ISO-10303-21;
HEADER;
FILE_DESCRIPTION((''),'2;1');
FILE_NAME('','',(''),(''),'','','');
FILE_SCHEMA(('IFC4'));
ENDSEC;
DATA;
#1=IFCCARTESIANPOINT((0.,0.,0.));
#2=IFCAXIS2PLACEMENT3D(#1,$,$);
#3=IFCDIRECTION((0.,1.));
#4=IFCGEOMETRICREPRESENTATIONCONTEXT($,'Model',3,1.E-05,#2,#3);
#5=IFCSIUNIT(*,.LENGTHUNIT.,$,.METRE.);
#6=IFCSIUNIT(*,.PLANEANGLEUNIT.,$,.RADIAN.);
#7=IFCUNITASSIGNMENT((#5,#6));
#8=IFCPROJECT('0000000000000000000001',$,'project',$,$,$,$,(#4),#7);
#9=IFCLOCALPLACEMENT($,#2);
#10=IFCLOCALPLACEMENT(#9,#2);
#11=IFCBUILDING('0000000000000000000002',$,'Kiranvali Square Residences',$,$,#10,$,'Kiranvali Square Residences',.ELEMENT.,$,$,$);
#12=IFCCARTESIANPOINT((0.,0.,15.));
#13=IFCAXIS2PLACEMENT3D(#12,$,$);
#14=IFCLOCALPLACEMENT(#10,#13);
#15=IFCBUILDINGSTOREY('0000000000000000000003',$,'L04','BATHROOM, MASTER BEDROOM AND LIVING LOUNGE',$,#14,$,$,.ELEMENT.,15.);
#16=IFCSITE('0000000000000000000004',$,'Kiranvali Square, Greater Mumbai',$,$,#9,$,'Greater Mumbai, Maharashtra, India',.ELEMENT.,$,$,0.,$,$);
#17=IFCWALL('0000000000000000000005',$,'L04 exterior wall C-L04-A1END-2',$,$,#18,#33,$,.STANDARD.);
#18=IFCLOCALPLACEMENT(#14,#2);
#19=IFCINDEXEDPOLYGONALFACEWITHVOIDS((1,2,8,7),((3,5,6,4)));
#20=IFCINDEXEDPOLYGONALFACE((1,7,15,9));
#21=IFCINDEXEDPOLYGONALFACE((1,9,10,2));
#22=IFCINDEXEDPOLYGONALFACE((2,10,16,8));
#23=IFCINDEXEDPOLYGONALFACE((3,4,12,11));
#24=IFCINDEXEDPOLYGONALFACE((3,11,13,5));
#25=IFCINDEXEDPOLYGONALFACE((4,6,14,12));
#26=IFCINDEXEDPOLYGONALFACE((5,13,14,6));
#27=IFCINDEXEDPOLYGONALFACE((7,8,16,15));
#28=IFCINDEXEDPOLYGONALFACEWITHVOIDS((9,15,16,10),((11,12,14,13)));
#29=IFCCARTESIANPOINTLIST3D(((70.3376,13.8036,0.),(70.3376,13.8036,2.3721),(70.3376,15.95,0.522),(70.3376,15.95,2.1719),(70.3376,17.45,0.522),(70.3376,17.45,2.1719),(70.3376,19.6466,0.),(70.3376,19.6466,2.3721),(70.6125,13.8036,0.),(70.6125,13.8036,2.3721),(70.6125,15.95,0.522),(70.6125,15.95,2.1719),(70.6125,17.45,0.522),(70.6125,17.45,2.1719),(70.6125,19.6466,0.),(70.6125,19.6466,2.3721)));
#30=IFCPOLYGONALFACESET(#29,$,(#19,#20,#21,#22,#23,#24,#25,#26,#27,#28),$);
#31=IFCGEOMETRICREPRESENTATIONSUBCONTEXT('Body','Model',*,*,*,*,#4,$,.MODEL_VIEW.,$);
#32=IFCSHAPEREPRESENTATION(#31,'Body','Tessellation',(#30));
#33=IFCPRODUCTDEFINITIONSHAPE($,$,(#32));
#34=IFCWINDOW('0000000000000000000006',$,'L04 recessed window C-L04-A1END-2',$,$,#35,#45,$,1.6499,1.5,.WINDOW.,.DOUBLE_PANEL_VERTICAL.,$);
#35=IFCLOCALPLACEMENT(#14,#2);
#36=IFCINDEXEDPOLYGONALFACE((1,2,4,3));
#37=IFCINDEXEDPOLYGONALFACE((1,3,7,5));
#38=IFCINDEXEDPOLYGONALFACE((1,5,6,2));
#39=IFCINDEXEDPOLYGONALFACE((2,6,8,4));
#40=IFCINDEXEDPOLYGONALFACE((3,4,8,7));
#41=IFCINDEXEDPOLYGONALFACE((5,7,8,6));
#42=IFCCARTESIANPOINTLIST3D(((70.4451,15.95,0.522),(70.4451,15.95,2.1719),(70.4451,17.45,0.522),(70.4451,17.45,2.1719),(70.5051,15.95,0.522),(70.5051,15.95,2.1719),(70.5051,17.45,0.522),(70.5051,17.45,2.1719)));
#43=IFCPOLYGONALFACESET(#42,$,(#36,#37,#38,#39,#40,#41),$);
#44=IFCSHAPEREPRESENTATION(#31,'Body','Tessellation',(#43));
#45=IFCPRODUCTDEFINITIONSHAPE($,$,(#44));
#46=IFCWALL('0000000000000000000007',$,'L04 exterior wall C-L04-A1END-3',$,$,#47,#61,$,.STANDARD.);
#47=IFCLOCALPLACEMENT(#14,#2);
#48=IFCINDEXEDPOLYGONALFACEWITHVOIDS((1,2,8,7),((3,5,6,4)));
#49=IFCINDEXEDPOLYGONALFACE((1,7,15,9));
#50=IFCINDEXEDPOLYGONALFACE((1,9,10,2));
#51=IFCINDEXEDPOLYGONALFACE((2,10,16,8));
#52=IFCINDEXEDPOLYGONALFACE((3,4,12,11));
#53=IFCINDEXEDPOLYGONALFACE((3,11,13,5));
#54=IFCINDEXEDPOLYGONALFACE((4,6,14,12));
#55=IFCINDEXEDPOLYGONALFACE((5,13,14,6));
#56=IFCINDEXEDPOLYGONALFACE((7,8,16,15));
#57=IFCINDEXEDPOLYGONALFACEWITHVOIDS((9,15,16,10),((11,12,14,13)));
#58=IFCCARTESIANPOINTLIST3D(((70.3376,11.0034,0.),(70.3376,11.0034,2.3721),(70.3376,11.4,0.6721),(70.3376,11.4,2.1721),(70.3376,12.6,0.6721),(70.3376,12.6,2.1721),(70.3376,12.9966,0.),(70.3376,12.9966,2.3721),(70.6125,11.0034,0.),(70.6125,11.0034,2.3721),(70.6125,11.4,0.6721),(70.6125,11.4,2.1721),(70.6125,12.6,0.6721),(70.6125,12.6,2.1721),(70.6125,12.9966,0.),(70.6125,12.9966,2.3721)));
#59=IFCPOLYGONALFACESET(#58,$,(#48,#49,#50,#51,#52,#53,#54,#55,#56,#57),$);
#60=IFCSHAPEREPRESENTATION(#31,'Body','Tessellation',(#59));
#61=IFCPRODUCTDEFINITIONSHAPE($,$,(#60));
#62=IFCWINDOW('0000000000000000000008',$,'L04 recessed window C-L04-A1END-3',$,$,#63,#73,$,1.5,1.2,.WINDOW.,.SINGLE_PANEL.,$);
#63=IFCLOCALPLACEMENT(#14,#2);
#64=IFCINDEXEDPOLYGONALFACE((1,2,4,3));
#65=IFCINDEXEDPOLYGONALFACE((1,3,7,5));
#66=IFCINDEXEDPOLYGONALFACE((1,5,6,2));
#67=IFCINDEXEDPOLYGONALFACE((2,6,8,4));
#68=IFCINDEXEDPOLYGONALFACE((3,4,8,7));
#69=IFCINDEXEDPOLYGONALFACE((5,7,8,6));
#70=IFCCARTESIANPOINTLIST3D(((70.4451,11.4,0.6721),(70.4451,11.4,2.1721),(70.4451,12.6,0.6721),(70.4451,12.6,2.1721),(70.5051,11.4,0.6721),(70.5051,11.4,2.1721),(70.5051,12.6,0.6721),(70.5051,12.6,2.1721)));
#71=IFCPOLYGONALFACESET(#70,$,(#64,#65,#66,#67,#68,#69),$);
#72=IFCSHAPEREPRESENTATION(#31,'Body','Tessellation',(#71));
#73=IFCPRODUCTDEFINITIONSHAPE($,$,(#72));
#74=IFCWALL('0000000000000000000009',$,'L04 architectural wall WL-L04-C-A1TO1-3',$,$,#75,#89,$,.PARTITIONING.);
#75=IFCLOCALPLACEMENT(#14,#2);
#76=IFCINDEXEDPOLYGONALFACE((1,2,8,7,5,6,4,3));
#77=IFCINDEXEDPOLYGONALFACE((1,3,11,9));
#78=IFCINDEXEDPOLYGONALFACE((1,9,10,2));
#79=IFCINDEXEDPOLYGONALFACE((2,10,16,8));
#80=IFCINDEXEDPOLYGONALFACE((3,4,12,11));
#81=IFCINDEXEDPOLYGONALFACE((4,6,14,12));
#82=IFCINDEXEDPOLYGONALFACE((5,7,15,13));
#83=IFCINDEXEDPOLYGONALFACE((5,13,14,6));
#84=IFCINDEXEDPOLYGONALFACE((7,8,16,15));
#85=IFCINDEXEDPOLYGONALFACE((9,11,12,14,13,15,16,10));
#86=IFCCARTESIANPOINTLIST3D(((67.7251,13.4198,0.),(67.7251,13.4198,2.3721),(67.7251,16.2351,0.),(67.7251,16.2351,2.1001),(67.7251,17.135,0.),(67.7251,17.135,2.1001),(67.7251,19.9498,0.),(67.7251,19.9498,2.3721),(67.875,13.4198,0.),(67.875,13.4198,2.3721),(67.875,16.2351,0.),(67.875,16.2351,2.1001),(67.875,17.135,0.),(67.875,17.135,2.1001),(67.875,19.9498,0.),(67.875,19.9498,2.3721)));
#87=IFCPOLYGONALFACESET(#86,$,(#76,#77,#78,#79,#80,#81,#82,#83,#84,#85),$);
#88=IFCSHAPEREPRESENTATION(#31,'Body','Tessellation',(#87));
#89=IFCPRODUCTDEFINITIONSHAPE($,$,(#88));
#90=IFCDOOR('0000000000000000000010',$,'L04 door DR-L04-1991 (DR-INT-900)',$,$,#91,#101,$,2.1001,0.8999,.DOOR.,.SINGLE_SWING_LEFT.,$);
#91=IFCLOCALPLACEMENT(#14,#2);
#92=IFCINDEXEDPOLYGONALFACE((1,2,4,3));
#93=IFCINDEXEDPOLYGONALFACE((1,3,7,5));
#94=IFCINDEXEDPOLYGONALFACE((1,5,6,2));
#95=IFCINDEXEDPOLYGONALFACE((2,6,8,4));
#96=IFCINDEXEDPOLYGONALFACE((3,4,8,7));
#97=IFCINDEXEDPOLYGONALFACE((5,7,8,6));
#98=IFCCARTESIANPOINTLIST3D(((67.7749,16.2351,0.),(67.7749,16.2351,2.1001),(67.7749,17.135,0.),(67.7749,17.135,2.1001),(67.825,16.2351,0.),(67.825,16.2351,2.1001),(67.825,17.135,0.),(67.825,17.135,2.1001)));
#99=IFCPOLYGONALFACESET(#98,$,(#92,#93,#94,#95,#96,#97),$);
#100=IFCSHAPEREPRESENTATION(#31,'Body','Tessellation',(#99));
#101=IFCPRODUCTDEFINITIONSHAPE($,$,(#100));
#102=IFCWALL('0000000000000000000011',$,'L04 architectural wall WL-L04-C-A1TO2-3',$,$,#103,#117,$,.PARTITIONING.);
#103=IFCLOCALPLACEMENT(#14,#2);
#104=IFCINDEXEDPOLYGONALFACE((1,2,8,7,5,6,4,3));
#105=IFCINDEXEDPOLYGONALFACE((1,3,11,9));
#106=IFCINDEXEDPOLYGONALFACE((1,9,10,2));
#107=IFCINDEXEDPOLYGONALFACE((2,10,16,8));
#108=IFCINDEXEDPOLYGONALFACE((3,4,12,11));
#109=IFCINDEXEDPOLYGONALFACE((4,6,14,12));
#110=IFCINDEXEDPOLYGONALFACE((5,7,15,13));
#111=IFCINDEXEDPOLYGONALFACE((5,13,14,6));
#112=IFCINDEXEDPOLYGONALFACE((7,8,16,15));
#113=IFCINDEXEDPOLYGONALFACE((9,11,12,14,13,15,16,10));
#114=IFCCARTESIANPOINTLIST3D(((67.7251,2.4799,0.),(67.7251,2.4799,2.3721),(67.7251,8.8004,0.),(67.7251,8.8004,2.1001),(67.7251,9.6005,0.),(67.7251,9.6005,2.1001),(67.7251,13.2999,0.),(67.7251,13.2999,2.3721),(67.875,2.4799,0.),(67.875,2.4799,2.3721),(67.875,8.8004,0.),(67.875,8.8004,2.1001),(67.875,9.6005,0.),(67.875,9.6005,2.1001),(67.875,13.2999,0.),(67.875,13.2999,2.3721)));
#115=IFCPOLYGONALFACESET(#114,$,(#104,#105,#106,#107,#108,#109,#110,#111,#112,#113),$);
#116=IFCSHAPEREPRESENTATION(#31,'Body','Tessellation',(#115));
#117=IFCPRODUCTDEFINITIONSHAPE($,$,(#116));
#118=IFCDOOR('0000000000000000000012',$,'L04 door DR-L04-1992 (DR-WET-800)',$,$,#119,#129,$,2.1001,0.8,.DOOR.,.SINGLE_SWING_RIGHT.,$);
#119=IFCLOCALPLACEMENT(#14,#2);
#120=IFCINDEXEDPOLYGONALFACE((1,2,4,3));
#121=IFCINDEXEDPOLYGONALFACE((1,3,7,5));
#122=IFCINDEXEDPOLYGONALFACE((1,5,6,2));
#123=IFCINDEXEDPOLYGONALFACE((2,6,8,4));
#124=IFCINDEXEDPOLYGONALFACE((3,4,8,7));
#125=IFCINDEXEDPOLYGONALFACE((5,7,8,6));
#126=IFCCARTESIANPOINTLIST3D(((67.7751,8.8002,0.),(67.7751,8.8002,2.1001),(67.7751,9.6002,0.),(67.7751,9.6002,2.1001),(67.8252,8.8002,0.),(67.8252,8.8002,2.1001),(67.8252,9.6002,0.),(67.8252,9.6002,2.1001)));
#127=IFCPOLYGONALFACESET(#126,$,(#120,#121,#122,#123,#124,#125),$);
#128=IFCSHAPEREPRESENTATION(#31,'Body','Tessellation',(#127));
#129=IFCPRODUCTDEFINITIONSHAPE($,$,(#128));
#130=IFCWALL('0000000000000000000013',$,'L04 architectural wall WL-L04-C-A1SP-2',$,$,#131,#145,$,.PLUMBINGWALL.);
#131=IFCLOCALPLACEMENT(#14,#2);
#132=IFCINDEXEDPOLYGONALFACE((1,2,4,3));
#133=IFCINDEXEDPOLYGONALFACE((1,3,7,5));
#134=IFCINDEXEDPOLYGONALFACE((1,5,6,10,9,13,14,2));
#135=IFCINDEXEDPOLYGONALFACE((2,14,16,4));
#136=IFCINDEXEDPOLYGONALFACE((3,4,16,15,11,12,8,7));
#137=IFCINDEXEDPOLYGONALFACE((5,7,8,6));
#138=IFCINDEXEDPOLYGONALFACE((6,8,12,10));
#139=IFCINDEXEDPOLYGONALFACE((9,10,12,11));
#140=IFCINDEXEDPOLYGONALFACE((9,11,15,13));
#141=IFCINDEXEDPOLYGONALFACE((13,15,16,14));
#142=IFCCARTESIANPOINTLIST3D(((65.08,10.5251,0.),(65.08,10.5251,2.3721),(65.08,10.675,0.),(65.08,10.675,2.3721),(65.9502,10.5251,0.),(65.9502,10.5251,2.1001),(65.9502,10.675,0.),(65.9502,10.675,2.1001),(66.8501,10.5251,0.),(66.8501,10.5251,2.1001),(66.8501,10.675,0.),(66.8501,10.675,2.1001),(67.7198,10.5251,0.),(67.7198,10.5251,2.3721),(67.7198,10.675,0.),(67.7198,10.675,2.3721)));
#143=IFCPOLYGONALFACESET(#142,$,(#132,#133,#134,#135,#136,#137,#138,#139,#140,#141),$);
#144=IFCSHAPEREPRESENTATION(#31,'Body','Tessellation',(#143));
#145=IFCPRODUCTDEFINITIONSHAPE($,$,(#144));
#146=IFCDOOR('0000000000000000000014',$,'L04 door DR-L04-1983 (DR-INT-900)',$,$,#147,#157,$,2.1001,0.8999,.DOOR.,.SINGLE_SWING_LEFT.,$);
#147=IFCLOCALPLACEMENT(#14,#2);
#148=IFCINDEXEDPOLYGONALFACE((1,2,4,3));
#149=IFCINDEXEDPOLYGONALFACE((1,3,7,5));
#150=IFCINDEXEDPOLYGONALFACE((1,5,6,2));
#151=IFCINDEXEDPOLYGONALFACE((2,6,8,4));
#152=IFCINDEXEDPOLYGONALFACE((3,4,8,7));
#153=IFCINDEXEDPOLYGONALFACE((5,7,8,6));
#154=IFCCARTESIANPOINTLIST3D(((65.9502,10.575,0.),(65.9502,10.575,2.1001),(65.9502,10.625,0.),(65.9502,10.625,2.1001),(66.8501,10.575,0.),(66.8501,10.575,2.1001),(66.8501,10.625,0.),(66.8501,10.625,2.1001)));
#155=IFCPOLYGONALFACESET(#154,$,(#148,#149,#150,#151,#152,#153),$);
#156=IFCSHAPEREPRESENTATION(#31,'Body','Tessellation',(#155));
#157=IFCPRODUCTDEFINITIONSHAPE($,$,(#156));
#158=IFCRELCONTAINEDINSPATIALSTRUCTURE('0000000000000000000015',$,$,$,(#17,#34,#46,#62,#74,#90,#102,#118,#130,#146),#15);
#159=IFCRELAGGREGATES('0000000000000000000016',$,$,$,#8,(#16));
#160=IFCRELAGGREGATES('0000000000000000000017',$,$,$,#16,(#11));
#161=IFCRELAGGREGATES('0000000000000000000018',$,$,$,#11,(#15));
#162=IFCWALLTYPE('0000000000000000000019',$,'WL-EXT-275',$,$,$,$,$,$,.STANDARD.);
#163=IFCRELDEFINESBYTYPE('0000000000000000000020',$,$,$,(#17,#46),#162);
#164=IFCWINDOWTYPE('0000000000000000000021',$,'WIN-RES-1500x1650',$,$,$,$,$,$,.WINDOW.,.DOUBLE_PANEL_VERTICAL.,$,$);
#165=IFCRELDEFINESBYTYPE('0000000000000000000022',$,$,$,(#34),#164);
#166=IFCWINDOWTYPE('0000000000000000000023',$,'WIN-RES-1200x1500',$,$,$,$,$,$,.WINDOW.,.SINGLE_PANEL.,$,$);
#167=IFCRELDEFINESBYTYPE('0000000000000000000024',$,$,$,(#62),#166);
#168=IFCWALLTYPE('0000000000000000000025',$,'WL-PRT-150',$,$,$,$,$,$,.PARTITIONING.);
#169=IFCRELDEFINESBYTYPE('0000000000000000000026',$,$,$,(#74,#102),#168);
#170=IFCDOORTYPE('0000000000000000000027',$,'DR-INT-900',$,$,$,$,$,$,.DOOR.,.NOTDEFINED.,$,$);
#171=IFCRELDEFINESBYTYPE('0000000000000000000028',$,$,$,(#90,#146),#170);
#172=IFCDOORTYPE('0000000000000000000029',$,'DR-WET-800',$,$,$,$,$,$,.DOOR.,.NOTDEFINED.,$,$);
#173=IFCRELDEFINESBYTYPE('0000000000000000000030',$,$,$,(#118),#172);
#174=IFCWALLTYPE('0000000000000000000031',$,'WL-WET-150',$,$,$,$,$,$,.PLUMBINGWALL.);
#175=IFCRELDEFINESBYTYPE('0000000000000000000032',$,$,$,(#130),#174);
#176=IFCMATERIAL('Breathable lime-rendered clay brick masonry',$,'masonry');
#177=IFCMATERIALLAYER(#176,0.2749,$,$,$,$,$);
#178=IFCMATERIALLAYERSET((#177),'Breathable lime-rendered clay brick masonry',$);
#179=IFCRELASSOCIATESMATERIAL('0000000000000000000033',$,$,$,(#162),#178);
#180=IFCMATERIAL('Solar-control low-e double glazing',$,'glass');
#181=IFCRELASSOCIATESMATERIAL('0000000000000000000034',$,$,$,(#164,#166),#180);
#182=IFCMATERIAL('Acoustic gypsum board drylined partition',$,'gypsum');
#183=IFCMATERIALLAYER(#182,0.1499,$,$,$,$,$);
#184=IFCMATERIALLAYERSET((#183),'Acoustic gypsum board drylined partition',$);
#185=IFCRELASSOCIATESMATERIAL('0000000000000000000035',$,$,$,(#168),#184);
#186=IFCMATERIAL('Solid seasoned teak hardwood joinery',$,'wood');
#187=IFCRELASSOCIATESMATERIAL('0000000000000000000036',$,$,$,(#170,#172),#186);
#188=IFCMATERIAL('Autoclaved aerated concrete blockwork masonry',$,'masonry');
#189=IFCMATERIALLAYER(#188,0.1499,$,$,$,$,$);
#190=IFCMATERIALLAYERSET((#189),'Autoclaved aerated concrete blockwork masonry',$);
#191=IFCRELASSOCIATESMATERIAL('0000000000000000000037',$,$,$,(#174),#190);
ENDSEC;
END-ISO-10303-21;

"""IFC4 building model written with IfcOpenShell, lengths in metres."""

from ifc_helpers import new_model, si_unit, direction, frame, frame_2d, origin, place, context, subcontext, project, spatial, rectangle, extrude, material, layer, layer_set, type_object, element, fill, save


model = new_model("IFC4")

# Units and contexts
model_context = context("Model", 3, precision=1e-05, world=origin(), true_north=direction((0.0, 1.0)))
body_context = subcontext(model_context, "Body", "Model", "MODEL_VIEW")
ifc_project = project(units=[si_unit("LENGTHUNIT", "METRE"), si_unit("PLANEANGLEUNIT", "RADIAN")], contexts=[model_context])

# Site, building, storey
site_placement = place(None, origin())
site = spatial("IfcSite", under=ifc_project, at=site_placement, Name="Kiranvali Square, Greater Mumbai", LongName="Greater Mumbai, Maharashtra, India", CompositionType="ELEMENT", RefElevation=0.0)
building_placement = place(site_placement, origin())
building = spatial("IfcBuilding", under=site, at=building_placement, Name="Kiranvali Square Residences", LongName="Kiranvali Square Residences", CompositionType="ELEMENT")
storey_placement = place(building_placement, frame((0.0, 0.0, 15.0)))
storey = spatial("IfcBuildingStorey", under=building, at=storey_placement, Name="L04", Description="BATHROOM, MASTER BEDROOM AND LIVING LOUNGE", CompositionType="ELEMENT", Elevation=15.0)

# Shared definitions
ifc_material_1 = material(Name="Autoclaved aerated concrete blockwork masonry", Category="masonry")

# Walls, openings, windows
ifc_material_2 = material(Name="Breathable lime-rendered clay brick masonry", Category="masonry")
ifc_layer_1 = layer(ifc_material_2, 0.2749)
ifc_layer_set_1 = layer_set([ifc_layer_1], Name="Breathable lime-rendered clay brick masonry")
wall_type_1 = type_object("IfcWallType", Name="WL-EXT-275", PredefinedType="STANDARD", material=ifc_layer_set_1)
wall_1_placement = place(storey_placement, frame((70.4751, 19.6465, 0.0), z_axis=(0.0, 0.0, 1.0), x_axis=(0.0, -1.0, 0.0)))
wall_1 = element("IfcWall", 1, at=wall_1_placement, inside=storey, type_object=wall_type_1, Name="L04 exterior wall C-L04-A1END-2", PredefinedType="STANDARD", context=body_context, shape_type="SweptSolid", body=[
    extrude(rectangle(XDim=5.843, YDim=0.2749, at=frame_2d((2.9214, 0.0))), origin(), (0.0, 0.0, 1.0), 2.3721),
])
opening_1_placement = place(wall_1_placement, frame((2.1965, 0.0, 0.522)))
opening_1 = element("IfcOpeningElement", 2, at=opening_1_placement, cuts=wall_1, PredefinedType="OPENING", context=body_context, shape_type="SweptSolid", body=[
    extrude(rectangle(XDim=1.5, YDim=1.6499, at=frame_2d((0.75, 0.825))), frame((0.0, 0.1475, 0.0), z_axis=(0.0, -1.0, 0.0), x_axis=(1.0, 0.0, 0.0)), (0.0, 0.0, 1.0), 0.2949),
])
ifc_material_3 = material(Name="Solar-control low-e double glazing", Category="glass")
window_type_1 = type_object("IfcWindowType", Name="WIN-RES-1500x1650", PartitioningType="DOUBLE_PANEL_VERTICAL", PredefinedType="WINDOW", material=ifc_material_3)
window_1_placement = place(opening_1_placement, origin())
window_1 = element("IfcWindow", 3, at=window_1_placement, inside=storey, type_object=window_type_1, Name="L04 recessed window C-L04-A1END-2", OverallHeight=1.6499, OverallWidth=1.5, PartitioningType="DOUBLE_PANEL_VERTICAL", PredefinedType="WINDOW", context=body_context, shape_type="SweptSolid", body=[
    extrude(rectangle(XDim=1.5, YDim=1.6499, at=frame_2d((0.75, 0.825))), frame((0.0, 0.03, 0.0), z_axis=(0.0, -1.0, 0.0), x_axis=(1.0, 0.0, 0.0)), (0.0, 0.0, 1.0), 0.0601),
])
fill(opening_1, window_1)
wall_2_placement = place(storey_placement, frame((70.4751, 12.9966, 0.0), z_axis=(0.0, 0.0, 1.0), x_axis=(0.0, -1.0, 0.0)))
wall_2 = element("IfcWall", 4, at=wall_2_placement, inside=storey, type_object=wall_type_1, Name="L04 exterior wall C-L04-A1END-3", PredefinedType="STANDARD", context=body_context, shape_type="SweptSolid", body=[
    extrude(rectangle(XDim=1.9932, YDim=0.2749, at=frame_2d((0.9966, 0.0))), origin(), (0.0, 0.0, 1.0), 2.3721),
])
opening_2_placement = place(wall_2_placement, frame((0.3965, 0.0, 0.6721)))
opening_2 = element("IfcOpeningElement", 5, at=opening_2_placement, cuts=wall_2, PredefinedType="OPENING", context=body_context, shape_type="SweptSolid", body=[
    extrude(rectangle(XDim=1.2, YDim=1.5, at=frame_2d((0.6001, 0.75))), frame((0.0, 0.1475, 0.0), z_axis=(0.0, -1.0, 0.0), x_axis=(1.0, 0.0, 0.0)), (0.0, 0.0, 1.0), 0.2949),
])
window_type_2 = type_object("IfcWindowType", Name="WIN-RES-1200x1500", PartitioningType="SINGLE_PANEL", PredefinedType="WINDOW", material=ifc_material_3)
window_2_placement = place(opening_2_placement, origin())
window_2 = element("IfcWindow", 6, at=window_2_placement, inside=storey, type_object=window_type_2, Name="L04 recessed window C-L04-A1END-3", OverallHeight=1.5, OverallWidth=1.2, PartitioningType="SINGLE_PANEL", PredefinedType="WINDOW", context=body_context, shape_type="SweptSolid", body=[
    extrude(rectangle(XDim=1.2, YDim=1.5, at=frame_2d((0.6001, 0.75))), frame((0.0, 0.03, 0.0), z_axis=(0.0, -1.0, 0.0), x_axis=(1.0, 0.0, 0.0)), (0.0, 0.0, 1.0), 0.0601),
])
fill(opening_2, window_2)

# Walls, openings, doors
ifc_material_4 = material(Name="Acoustic gypsum board drylined partition", Category="gypsum")
ifc_layer_2 = layer(ifc_material_4, 0.1499)
ifc_layer_set_2 = layer_set([ifc_layer_2], Name="Acoustic gypsum board drylined partition")
wall_type_2 = type_object("IfcWallType", Name="WL-PRT-150", PredefinedType="PARTITIONING", material=ifc_layer_set_2)
wall_3_placement = place(storey_placement, frame((67.8, 19.95, 0.0), z_axis=(0.0, 0.0, 1.0), x_axis=(0.0, -1.0, 0.0)))
wall_3 = element("IfcWall", 7, at=wall_3_placement, inside=storey, type_object=wall_type_2, Name="L04 architectural wall WL-L04-C-A1TO1-3", PredefinedType="PARTITIONING", context=body_context, shape_type="SweptSolid", body=[
    extrude(rectangle(XDim=6.53, YDim=0.1499, at=frame_2d((3.2651, 0.0))), origin(), (0.0, 0.0, 1.0), 2.3721),
])
opening_3_placement = place(wall_3_placement, frame((2.8149, 0.0, 0.0)))
opening_3 = element("IfcOpeningElement", 8, at=opening_3_placement, cuts=wall_3, PredefinedType="OPENING", context=body_context, shape_type="SweptSolid", body=[
    extrude(rectangle(XDim=0.8999, YDim=2.1001, at=frame_2d((0.45, 1.05))), frame((0.0, 0.085, 0.0), z_axis=(0.0, -1.0, 0.0), x_axis=(1.0, 0.0, 0.0)), (0.0, 0.0, 1.0), 0.1699),
])
ifc_material_5 = material(Name="Solid seasoned teak hardwood joinery", Category="wood")
door_type_1 = type_object("IfcDoorType", Name="DR-INT-900", OperationType="NOTDEFINED", PredefinedType="DOOR", material=ifc_material_5)
door_1_placement = place(opening_3_placement, origin())
door_1 = element("IfcDoor", 9, at=door_1_placement, inside=storey, type_object=door_type_1, Name="L04 door DR-L04-1991 (DR-INT-900)", OperationType="SINGLE_SWING_LEFT", OverallHeight=2.1001, OverallWidth=0.8999, PredefinedType="DOOR", context=body_context, shape_type="SweptSolid", body=[
    extrude(rectangle(XDim=0.8999, YDim=2.1001, at=frame_2d((0.45, 1.05))), frame((0.0, 0.0249, 0.0), z_axis=(0.0, -1.0, 0.0), x_axis=(1.0, 0.0, 0.0)), (0.0, 0.0, 1.0), 0.05),
])
fill(opening_3, door_1)
wall_4_placement = place(storey_placement, frame((67.8, 13.3, 0.0), z_axis=(0.0, 0.0, 1.0), x_axis=(0.0, -1.0, 0.0)))
wall_4 = element("IfcWall", 10, at=wall_4_placement, inside=storey, type_object=wall_type_2, Name="L04 architectural wall WL-L04-C-A1TO2-3", PredefinedType="PARTITIONING", context=body_context, shape_type="SweptSolid", body=[
    extrude(rectangle(XDim=10.8201, YDim=0.1499, at=frame_2d((5.4102, 0.0))), origin(), (0.0, 0.0, 1.0), 2.3721),
])
opening_4_placement = place(wall_4_placement, frame((3.6997, 0.0, 0.0)))
opening_4 = element("IfcOpeningElement", 11, at=opening_4_placement, cuts=wall_4, PredefinedType="OPENING", context=body_context, shape_type="SweptSolid", body=[
    extrude(rectangle(XDim=0.8, YDim=2.1001, at=frame_2d((0.3999, 1.05))), frame((0.0, 0.085, 0.0), z_axis=(0.0, -1.0, 0.0), x_axis=(1.0, 0.0, 0.0)), (0.0, 0.0, 1.0), 0.1699),
])
door_type_2 = type_object("IfcDoorType", Name="DR-WET-800", OperationType="NOTDEFINED", PredefinedType="DOOR", material=ifc_material_5)
door_2_placement = place(opening_4_placement, frame((0.8, 0.0, 0.0), z_axis=(0.0, 0.0, 1.0), x_axis=(-1.0, 0.0, 0.0)))
door_2 = element("IfcDoor", 12, at=door_2_placement, inside=storey, type_object=door_type_2, Name="L04 door DR-L04-1992 (DR-WET-800)", OperationType="SINGLE_SWING_RIGHT", OverallHeight=2.1001, OverallWidth=0.8, PredefinedType="DOOR", context=body_context, shape_type="SweptSolid", body=[
    extrude(rectangle(XDim=0.8, YDim=2.1001, at=frame_2d((0.3999, 1.05))), frame((0.0, 0.0249, 0.0), z_axis=(0.0, -1.0, 0.0), x_axis=(1.0, 0.0, 0.0)), (0.0, 0.0, 1.0), 0.05),
])
fill(opening_4, door_2)
ifc_layer_3 = layer(ifc_material_1, 0.1499)
ifc_layer_set_3 = layer_set([ifc_layer_3], Name="Autoclaved aerated concrete blockwork masonry")
wall_type_3 = type_object("IfcWallType", Name="WL-WET-150", PredefinedType="PLUMBINGWALL", material=ifc_layer_set_3)
wall_5_placement = place(storey_placement, frame((65.0801, 10.6001, 0.0), z_axis=(0.0, 0.0, 1.0), x_axis=(1.0, 0.0, 0.0)))
wall_5 = element("IfcWall", 13, at=wall_5_placement, inside=storey, type_object=wall_type_3, Name="L04 architectural wall WL-L04-C-A1SP-2", PredefinedType="PLUMBINGWALL", context=body_context, shape_type="SweptSolid", body=[
    extrude(rectangle(XDim=2.6399, YDim=0.1499, at=frame_2d((1.3198, 0.0))), origin(), (0.0, 0.0, 1.0), 2.3721),
])
opening_5_placement = place(wall_5_placement, frame((0.8701, 0.0, 0.0)))
opening_5 = element("IfcOpeningElement", 14, at=opening_5_placement, cuts=wall_5, PredefinedType="OPENING", context=body_context, shape_type="SweptSolid", body=[
    extrude(rectangle(XDim=0.8999, YDim=2.1001, at=frame_2d((0.45, 1.05))), frame((0.0, 0.085, 0.0), z_axis=(0.0, -1.0, 0.0), x_axis=(1.0, 0.0, 0.0)), (0.0, 0.0, 1.0), 0.1699),
])
door_3_placement = place(opening_5_placement, origin())
door_3 = element("IfcDoor", 15, at=door_3_placement, inside=storey, type_object=door_type_1, Name="L04 door DR-L04-1983 (DR-INT-900)", OperationType="SINGLE_SWING_LEFT", OverallHeight=2.1001, OverallWidth=0.8999, PredefinedType="DOOR", context=body_context, shape_type="SweptSolid", body=[
    extrude(rectangle(XDim=0.8999, YDim=2.1001, at=frame_2d((0.45, 1.05))), frame((0.0, 0.0249, 0.0), z_axis=(0.0, -1.0, 0.0), x_axis=(1.0, 0.0, 0.0)), (0.0, 0.0, 1.0), 0.05),
])
fill(opening_5, door_3)

save(model, "model.ifc")
